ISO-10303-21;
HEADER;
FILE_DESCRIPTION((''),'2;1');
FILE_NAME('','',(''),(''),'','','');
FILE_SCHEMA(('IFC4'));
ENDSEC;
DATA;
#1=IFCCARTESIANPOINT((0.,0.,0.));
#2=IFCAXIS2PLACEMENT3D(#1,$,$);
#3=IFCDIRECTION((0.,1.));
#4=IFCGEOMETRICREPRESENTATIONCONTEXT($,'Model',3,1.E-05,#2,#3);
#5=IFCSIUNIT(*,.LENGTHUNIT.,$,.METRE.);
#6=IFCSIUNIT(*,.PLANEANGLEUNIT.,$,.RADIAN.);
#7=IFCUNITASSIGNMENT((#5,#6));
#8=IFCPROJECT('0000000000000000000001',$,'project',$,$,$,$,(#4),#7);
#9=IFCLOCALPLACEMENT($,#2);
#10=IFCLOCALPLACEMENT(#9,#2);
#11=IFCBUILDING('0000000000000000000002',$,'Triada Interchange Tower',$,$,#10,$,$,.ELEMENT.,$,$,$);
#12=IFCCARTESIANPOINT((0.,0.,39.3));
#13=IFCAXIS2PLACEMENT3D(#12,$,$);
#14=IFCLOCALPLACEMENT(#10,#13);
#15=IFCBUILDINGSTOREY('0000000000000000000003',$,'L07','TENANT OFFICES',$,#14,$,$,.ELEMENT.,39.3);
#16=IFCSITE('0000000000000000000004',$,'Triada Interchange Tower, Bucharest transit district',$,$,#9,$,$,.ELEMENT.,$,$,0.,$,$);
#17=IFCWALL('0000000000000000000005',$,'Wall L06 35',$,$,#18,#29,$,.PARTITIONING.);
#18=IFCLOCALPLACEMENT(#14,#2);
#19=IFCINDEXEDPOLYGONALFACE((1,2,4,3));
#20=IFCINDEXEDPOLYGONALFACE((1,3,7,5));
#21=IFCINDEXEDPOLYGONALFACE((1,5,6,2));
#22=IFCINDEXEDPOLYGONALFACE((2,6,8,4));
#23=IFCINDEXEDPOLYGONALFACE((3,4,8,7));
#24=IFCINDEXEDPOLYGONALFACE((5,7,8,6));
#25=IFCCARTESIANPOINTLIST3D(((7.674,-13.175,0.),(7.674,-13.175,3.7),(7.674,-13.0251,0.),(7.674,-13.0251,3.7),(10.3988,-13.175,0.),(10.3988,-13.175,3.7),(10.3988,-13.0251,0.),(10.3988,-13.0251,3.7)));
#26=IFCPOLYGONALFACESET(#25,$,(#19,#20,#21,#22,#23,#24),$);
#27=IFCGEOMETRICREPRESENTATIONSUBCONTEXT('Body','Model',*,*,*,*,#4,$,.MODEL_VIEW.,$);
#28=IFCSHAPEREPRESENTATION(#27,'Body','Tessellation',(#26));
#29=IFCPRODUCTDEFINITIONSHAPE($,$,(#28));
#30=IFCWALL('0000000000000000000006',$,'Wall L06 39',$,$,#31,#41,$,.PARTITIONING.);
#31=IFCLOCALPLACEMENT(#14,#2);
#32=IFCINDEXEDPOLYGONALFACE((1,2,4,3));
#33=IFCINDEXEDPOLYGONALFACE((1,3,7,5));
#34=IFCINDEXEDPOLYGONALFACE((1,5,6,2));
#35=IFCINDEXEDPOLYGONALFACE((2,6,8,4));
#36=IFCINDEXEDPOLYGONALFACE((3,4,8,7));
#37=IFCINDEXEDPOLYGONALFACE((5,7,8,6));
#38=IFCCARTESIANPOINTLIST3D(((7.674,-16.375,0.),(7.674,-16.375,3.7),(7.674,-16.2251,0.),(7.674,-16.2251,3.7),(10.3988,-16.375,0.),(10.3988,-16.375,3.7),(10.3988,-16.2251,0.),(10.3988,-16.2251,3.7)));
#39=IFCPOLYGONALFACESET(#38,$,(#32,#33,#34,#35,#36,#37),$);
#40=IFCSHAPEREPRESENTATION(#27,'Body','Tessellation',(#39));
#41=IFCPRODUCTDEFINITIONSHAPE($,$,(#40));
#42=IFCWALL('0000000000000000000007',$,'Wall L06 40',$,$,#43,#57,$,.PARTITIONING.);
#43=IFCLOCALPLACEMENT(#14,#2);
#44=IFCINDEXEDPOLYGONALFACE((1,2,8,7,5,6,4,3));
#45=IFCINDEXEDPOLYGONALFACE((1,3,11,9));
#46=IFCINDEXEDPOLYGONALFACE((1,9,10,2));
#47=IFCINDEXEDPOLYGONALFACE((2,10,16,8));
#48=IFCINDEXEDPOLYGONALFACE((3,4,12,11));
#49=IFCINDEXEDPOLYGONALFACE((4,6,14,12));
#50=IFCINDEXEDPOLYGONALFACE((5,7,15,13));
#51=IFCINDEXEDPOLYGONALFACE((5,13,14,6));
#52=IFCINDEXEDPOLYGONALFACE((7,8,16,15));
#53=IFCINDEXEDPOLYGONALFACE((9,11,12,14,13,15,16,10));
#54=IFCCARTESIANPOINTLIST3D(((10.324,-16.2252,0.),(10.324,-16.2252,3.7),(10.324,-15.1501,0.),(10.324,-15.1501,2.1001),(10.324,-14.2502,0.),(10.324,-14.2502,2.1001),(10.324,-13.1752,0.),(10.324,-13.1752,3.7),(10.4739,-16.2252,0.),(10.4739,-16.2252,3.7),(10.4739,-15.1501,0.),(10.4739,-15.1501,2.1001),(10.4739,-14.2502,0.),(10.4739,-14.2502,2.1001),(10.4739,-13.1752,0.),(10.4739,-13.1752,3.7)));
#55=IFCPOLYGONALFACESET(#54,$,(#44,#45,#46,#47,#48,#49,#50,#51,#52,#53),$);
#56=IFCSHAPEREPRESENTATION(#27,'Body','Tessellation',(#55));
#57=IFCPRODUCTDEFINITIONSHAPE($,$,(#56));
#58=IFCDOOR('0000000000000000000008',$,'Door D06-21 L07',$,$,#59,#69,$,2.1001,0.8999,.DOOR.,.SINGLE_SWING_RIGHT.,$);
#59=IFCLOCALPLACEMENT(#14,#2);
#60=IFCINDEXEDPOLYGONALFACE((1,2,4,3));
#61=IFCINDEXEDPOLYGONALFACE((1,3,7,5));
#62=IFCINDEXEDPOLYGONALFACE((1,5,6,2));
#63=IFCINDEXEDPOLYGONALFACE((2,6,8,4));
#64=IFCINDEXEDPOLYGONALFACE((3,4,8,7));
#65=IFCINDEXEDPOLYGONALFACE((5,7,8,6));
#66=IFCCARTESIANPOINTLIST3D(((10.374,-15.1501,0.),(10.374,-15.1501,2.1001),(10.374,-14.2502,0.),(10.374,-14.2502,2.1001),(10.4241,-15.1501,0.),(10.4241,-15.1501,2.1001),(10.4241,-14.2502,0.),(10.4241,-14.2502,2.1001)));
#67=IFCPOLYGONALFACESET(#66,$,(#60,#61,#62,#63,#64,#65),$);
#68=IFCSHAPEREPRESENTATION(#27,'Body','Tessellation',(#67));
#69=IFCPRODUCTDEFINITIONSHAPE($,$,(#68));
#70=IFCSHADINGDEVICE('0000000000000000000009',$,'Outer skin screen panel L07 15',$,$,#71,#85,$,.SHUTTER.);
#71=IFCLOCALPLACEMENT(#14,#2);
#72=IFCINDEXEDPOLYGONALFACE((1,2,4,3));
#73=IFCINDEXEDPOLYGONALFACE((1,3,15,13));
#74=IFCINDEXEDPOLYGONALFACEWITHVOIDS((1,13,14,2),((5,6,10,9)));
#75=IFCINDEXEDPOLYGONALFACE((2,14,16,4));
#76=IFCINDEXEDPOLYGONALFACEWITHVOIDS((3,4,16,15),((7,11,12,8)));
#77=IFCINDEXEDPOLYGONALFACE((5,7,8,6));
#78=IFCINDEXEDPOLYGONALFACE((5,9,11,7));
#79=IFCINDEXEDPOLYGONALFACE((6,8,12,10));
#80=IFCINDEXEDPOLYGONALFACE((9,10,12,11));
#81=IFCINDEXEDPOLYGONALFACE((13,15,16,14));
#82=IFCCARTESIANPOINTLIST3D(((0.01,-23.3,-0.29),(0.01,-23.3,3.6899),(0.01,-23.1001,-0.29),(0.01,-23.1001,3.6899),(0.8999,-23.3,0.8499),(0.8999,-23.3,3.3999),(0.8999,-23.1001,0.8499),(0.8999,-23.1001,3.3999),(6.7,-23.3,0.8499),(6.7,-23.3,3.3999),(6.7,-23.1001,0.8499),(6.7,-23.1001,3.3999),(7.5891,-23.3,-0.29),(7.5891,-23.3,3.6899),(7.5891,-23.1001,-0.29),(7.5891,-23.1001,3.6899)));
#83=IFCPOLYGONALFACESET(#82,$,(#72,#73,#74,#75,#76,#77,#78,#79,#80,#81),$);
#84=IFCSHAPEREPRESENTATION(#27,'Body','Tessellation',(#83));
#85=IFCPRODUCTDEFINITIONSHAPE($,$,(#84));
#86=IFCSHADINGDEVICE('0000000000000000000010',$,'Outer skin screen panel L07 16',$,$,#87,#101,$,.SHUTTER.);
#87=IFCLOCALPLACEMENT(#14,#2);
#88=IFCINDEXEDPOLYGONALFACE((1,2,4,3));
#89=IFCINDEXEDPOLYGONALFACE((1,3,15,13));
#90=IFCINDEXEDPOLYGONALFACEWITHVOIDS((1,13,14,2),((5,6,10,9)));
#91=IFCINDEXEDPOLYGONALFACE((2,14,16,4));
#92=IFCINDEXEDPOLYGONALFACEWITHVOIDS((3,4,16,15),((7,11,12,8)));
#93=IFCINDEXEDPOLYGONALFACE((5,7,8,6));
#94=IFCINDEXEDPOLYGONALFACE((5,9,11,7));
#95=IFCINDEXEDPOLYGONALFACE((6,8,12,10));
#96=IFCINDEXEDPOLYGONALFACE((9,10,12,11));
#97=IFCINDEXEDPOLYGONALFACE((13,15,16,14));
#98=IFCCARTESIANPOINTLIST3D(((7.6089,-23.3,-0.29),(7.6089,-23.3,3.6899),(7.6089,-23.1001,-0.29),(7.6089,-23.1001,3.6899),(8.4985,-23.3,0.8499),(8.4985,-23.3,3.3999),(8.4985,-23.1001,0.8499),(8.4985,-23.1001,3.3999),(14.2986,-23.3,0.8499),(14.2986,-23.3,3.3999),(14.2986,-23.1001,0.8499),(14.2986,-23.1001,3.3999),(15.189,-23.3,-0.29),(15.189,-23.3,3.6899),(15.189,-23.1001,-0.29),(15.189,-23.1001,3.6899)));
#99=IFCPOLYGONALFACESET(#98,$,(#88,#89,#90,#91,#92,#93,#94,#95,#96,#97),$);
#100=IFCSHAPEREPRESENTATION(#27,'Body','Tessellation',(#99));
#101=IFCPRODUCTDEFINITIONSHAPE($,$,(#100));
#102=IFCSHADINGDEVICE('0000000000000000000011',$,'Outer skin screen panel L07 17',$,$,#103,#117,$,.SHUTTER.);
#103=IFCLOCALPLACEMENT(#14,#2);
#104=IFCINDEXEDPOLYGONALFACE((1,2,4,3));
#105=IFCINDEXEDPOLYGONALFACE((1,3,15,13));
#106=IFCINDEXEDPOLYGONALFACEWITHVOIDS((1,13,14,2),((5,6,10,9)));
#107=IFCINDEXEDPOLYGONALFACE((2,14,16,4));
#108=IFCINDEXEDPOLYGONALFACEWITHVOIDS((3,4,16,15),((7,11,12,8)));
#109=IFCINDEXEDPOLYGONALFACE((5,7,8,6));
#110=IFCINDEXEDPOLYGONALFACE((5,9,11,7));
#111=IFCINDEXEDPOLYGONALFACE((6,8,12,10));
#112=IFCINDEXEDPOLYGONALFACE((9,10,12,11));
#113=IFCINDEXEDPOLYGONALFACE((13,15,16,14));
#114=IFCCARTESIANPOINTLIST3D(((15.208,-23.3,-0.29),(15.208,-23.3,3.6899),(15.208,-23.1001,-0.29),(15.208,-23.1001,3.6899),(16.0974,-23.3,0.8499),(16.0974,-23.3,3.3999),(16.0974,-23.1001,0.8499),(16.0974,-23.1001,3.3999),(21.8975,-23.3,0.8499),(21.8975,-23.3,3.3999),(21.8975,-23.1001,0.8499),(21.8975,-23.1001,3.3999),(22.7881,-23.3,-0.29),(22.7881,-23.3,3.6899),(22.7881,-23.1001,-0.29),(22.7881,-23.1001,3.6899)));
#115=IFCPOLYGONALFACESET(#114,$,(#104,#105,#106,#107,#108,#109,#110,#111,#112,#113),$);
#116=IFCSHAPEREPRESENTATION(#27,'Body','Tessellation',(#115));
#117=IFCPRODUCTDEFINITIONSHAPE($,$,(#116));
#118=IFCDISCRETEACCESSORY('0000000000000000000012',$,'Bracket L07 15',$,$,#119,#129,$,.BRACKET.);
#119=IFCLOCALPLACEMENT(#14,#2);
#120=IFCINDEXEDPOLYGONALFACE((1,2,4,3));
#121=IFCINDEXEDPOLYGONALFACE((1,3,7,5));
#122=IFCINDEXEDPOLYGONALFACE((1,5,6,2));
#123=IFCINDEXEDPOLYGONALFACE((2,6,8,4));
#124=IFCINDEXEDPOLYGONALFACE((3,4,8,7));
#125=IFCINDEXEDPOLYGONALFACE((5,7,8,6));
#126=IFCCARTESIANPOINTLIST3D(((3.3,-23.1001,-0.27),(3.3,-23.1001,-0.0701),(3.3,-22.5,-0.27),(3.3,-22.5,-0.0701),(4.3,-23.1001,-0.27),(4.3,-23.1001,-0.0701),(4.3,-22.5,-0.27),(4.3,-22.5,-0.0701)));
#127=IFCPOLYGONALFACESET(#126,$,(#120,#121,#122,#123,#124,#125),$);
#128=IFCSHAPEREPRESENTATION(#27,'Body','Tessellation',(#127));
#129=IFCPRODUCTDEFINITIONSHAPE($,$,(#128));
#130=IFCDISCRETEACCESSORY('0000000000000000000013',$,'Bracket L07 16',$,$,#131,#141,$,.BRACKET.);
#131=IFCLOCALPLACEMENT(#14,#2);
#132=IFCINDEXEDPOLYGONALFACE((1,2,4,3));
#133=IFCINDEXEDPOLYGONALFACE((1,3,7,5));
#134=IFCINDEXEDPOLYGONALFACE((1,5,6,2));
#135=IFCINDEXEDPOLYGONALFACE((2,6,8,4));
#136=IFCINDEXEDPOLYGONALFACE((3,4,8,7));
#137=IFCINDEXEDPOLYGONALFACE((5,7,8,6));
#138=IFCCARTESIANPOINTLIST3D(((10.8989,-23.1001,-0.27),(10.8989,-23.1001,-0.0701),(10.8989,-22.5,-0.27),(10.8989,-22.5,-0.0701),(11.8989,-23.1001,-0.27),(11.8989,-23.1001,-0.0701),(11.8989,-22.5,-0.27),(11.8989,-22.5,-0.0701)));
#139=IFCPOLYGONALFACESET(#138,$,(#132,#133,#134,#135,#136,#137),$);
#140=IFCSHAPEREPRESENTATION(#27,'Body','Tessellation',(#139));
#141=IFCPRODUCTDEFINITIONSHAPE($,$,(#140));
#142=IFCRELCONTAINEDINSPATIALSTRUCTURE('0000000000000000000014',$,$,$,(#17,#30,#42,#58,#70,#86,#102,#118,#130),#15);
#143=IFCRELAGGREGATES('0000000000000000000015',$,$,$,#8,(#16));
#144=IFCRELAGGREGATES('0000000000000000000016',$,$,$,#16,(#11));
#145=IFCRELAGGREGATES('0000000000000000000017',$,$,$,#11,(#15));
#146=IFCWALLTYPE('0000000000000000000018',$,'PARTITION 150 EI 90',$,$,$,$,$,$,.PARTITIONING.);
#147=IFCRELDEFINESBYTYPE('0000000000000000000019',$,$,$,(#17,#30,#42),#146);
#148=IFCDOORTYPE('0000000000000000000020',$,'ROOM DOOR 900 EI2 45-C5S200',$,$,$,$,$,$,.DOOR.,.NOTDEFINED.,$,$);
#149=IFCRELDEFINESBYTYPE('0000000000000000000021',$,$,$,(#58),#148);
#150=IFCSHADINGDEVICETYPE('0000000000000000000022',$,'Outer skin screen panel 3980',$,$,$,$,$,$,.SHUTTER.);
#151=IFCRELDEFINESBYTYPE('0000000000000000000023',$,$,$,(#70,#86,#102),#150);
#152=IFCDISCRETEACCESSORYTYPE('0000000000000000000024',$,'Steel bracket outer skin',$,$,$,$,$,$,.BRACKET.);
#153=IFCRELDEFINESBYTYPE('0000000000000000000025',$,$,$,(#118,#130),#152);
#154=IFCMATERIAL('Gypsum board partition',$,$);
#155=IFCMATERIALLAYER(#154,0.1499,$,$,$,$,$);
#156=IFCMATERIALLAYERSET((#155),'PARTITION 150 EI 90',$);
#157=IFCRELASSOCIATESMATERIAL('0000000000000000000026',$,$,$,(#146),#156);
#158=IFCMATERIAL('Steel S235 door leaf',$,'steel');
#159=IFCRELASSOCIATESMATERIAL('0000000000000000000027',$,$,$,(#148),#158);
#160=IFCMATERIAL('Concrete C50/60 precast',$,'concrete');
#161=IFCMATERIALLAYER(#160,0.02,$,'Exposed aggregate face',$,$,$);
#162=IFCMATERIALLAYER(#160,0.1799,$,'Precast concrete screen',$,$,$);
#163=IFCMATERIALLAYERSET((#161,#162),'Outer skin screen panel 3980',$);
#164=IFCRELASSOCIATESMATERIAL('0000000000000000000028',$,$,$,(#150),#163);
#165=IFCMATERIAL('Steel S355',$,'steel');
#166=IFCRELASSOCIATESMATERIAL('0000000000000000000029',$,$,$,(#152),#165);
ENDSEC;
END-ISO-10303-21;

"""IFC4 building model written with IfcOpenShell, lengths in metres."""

from ifc_helpers import new_model, si_unit, direction, frame, frame_2d, origin, origin_2d, place, context, subcontext, project, spatial, polyline, rectangle, outline, extrude, material, layer, layer_set, type_object, element, fill, save


model = new_model("IFC4")

# Units and contexts
model_context = context("Model", 3, precision=1e-05, world=origin(), true_north=direction((0.0, 1.0)))
body_context = subcontext(model_context, "Body", "Model", "MODEL_VIEW")
ifc_project = project(units=[si_unit("LENGTHUNIT", "METRE"), si_unit("PLANEANGLEUNIT", "RADIAN")], contexts=[model_context])

# Site, building, storey
site_placement = place(None, origin())
site = spatial("IfcSite", under=ifc_project, at=site_placement, Name="Triada Interchange Tower, Bucharest transit district", CompositionType="ELEMENT", RefElevation=0.0)
building_placement = place(site_placement, origin())
building = spatial("IfcBuilding", under=site, at=building_placement, Name="Triada Interchange Tower", CompositionType="ELEMENT")
storey_placement = place(building_placement, frame((0.0, 0.0, 39.3)))
storey = spatial("IfcBuildingStorey", under=building, at=storey_placement, Name="L07", Description="TENANT OFFICES", CompositionType="ELEMENT", Elevation=39.3)

# Shared definitions
ifc_material_1 = material(Name="Steel S235 door leaf", Category="steel")

# Walls
ifc_material_2 = material(Name="Gypsum board partition")
ifc_layer_1 = layer(ifc_material_2, 0.1499)
ifc_layer_set_1 = layer_set([ifc_layer_1], Name="PARTITION 150 EI 90")
wall_type_1 = type_object("IfcWallType", Name="PARTITION 150 EI 90", PredefinedType="PARTITIONING", material=ifc_layer_set_1)
for number, where, z_axis, x_axis, name in (
    (1, (7.6741, -13.1001, 0.0), (0.0, 0.0, 1.0), (1.0, 0.0, 0.0), "Wall L06 35"),
    (2, (7.6741, -16.3, 0.0), (0.0, 0.0, 1.0), (1.0, 0.0, 0.0), "Wall L06 39"),
):
    element("IfcWall", number, at=place(storey_placement, frame(where, z_axis=z_axis, x_axis=x_axis)), inside=storey, type_object=wall_type_1, Name=name, PredefinedType="PARTITIONING", context=body_context, shape_type="SweptSolid", body=[
        extrude(rectangle(XDim=2.7249, YDim=0.1499, at=frame_2d((1.3623, 0.0))), origin(), (0.0, 0.0, 1.0), 3.7),
    ])

# Wall, opening, door
wall_1_placement = place(storey_placement, frame((10.3989, -16.2251, 0.0), z_axis=(0.0, 0.0, 1.0), x_axis=(0.0, 1.0, 0.0)))
wall_1 = element("IfcWall", 3, at=wall_1_placement, inside=storey, type_object=wall_type_1, Name="Wall L06 40", PredefinedType="PARTITIONING", context=body_context, shape_type="SweptSolid", body=[
    extrude(rectangle(XDim=3.05, YDim=0.1499, at=frame_2d((1.5249, 0.0))), origin(), (0.0, 0.0, 1.0), 3.7),
])
opening_1_placement = place(wall_1_placement, frame((1.075, 0.0, 0.0)))
opening_1 = element("IfcOpeningElement", 4, at=opening_1_placement, cuts=wall_1, PredefinedType="OPENING", context=body_context, shape_type="SweptSolid", body=[
    extrude(rectangle(XDim=0.8999, YDim=2.1001, at=frame_2d((0.45, 1.05))), frame((0.0, 0.085, 0.0), z_axis=(0.0, -1.0, 0.0), x_axis=(1.0, 0.0, 0.0)), (0.0, 0.0, 1.0), 0.1699),
])
door_type_1 = type_object("IfcDoorType", Name="ROOM DOOR 900 EI2 45-C5S200", OperationType="NOTDEFINED", PredefinedType="DOOR", material=ifc_material_1)
door_1_placement = place(opening_1_placement, origin())
door_1 = element("IfcDoor", 5, at=door_1_placement, inside=storey, type_object=door_type_1, Name="Door D06-21 L07", OperationType="SINGLE_SWING_RIGHT", OverallHeight=2.1001, OverallWidth=0.8999, PredefinedType="DOOR", context=body_context, shape_type="SweptSolid", body=[
    extrude(rectangle(XDim=0.8999, YDim=2.1001, at=frame_2d((0.45, 1.05))), frame((0.0, 0.0249, 0.0), z_axis=(0.0, -1.0, 0.0), x_axis=(1.0, 0.0, 0.0)), (0.0, 0.0, 1.0), 0.05),
])
fill(opening_1, door_1)

# Shading devices
ifc_material_3 = material(Name="Concrete C50/60 precast", Category="concrete")
ifc_layer_2 = layer(ifc_material_3, 0.02, Name="Exposed aggregate face")
ifc_layer_3 = layer(ifc_material_3, 0.1799, Name="Precast concrete screen")
ifc_layer_set_2 = layer_set([ifc_layer_2, ifc_layer_3], Name="Outer skin screen panel 3980")
shading_device_type = type_object("IfcShadingDeviceType", Name="Outer skin screen panel 3980", PredefinedType="SHUTTER", material=ifc_layer_set_2)
shading_device_1_placement = place(storey_placement, frame((0.01, -23.1001, -0.29), z_axis=(0.0, 0.0, 1.0), x_axis=(1.0, 0.0, 0.0)))
element("IfcShadingDevice", 6, at=shading_device_1_placement, inside=storey, type_object=shading_device_type, Name="Outer skin screen panel L07 15", PredefinedType="SHUTTER", context=body_context, shape_type="SweptSolid", body=[
    extrude(outline(polyline([(0.0, 0.0), (7.5791, 0.0), (7.5791, 3.98), (0.0, 3.98), (0.0, 0.0)]), holes=[polyline([(0.8899, 1.1399), (0.8899, 3.6899), (6.6899, 3.6899), (6.6899, 1.1399), (0.8899, 1.1399)])]), frame((0.0, 0.0, 0.0), z_axis=(0.0, -1.0, 0.0), x_axis=(1.0, 0.0, 0.0)), (0.0, 0.0, 1.0), 0.2),
])
shading_device_2_placement = place(storey_placement, frame((7.6089, -23.1001, -0.29), z_axis=(0.0, 0.0, 1.0), x_axis=(1.0, 0.0, 0.0)))
element("IfcShadingDevice", 7, at=shading_device_2_placement, inside=storey, type_object=shading_device_type, Name="Outer skin screen panel L07 16", PredefinedType="SHUTTER", context=body_context, shape_type="SweptSolid", body=[
    extrude(outline(polyline([(0.0, 0.0), (7.5801, 0.0), (7.5801, 3.98), (0.0, 3.98), (0.0, 0.0)]), holes=[polyline([(0.8896, 1.1399), (0.8896, 3.6899), (6.6897, 3.6899), (6.6897, 1.1399), (0.8896, 1.1399)])]), frame((0.0, 0.0, 0.0), z_axis=(0.0, -1.0, 0.0), x_axis=(1.0, 0.0, 0.0)), (0.0, 0.0, 1.0), 0.2),
])
shading_device_3_placement = place(storey_placement, frame((15.208, -23.1001, -0.29), z_axis=(0.0, 0.0, 1.0), x_axis=(1.0, 0.0, 0.0)))
element("IfcShadingDevice", 8, at=shading_device_3_placement, inside=storey, type_object=shading_device_type, Name="Outer skin screen panel L07 17", PredefinedType="SHUTTER", context=body_context, shape_type="SweptSolid", body=[
    extrude(outline(polyline([(0.0, 0.0), (7.5801, 0.0), (7.5801, 3.98), (0.0, 3.98), (0.0, 0.0)]), holes=[polyline([(0.8894, 1.1399), (0.8894, 3.6899), (6.6895, 3.6899), (6.6895, 1.1399), (0.8894, 1.1399)])]), frame((0.0, 0.0, 0.0), z_axis=(0.0, -1.0, 0.0), x_axis=(1.0, 0.0, 0.0)), (0.0, 0.0, 1.0), 0.2),
])

# Discrete accessories
ifc_material_4 = material(Name="Steel S355", Category="steel")
discrete_accessory_type = type_object("IfcDiscreteAccessoryType", Name="Steel bracket outer skin", PredefinedType="BRACKET", material=ifc_material_4)
for number, where, z_axis, x_axis, name in (
    (9, (3.8, -22.8, -0.27), (0.0, 0.0, 1.0), (0.0, -1.0, 0.0), "Bracket L07 15"),
    (10, (11.3989, -22.8, -0.27), (0.0, 0.0, 1.0), (0.0, -1.0, 0.0), "Bracket L07 16"),
):
    element("IfcDiscreteAccessory", number, at=place(storey_placement, frame(where, z_axis=z_axis, x_axis=x_axis)), inside=storey, type_object=discrete_accessory_type, Name=name, PredefinedType="BRACKET", context=body_context, shape_type="SweptSolid", body=[
        extrude(rectangle(XDim=0.6001, YDim=1.0, at=origin_2d()), origin(), (0.0, 0.0, 1.0), 0.2),
    ])

save(model, "model.ifc")
